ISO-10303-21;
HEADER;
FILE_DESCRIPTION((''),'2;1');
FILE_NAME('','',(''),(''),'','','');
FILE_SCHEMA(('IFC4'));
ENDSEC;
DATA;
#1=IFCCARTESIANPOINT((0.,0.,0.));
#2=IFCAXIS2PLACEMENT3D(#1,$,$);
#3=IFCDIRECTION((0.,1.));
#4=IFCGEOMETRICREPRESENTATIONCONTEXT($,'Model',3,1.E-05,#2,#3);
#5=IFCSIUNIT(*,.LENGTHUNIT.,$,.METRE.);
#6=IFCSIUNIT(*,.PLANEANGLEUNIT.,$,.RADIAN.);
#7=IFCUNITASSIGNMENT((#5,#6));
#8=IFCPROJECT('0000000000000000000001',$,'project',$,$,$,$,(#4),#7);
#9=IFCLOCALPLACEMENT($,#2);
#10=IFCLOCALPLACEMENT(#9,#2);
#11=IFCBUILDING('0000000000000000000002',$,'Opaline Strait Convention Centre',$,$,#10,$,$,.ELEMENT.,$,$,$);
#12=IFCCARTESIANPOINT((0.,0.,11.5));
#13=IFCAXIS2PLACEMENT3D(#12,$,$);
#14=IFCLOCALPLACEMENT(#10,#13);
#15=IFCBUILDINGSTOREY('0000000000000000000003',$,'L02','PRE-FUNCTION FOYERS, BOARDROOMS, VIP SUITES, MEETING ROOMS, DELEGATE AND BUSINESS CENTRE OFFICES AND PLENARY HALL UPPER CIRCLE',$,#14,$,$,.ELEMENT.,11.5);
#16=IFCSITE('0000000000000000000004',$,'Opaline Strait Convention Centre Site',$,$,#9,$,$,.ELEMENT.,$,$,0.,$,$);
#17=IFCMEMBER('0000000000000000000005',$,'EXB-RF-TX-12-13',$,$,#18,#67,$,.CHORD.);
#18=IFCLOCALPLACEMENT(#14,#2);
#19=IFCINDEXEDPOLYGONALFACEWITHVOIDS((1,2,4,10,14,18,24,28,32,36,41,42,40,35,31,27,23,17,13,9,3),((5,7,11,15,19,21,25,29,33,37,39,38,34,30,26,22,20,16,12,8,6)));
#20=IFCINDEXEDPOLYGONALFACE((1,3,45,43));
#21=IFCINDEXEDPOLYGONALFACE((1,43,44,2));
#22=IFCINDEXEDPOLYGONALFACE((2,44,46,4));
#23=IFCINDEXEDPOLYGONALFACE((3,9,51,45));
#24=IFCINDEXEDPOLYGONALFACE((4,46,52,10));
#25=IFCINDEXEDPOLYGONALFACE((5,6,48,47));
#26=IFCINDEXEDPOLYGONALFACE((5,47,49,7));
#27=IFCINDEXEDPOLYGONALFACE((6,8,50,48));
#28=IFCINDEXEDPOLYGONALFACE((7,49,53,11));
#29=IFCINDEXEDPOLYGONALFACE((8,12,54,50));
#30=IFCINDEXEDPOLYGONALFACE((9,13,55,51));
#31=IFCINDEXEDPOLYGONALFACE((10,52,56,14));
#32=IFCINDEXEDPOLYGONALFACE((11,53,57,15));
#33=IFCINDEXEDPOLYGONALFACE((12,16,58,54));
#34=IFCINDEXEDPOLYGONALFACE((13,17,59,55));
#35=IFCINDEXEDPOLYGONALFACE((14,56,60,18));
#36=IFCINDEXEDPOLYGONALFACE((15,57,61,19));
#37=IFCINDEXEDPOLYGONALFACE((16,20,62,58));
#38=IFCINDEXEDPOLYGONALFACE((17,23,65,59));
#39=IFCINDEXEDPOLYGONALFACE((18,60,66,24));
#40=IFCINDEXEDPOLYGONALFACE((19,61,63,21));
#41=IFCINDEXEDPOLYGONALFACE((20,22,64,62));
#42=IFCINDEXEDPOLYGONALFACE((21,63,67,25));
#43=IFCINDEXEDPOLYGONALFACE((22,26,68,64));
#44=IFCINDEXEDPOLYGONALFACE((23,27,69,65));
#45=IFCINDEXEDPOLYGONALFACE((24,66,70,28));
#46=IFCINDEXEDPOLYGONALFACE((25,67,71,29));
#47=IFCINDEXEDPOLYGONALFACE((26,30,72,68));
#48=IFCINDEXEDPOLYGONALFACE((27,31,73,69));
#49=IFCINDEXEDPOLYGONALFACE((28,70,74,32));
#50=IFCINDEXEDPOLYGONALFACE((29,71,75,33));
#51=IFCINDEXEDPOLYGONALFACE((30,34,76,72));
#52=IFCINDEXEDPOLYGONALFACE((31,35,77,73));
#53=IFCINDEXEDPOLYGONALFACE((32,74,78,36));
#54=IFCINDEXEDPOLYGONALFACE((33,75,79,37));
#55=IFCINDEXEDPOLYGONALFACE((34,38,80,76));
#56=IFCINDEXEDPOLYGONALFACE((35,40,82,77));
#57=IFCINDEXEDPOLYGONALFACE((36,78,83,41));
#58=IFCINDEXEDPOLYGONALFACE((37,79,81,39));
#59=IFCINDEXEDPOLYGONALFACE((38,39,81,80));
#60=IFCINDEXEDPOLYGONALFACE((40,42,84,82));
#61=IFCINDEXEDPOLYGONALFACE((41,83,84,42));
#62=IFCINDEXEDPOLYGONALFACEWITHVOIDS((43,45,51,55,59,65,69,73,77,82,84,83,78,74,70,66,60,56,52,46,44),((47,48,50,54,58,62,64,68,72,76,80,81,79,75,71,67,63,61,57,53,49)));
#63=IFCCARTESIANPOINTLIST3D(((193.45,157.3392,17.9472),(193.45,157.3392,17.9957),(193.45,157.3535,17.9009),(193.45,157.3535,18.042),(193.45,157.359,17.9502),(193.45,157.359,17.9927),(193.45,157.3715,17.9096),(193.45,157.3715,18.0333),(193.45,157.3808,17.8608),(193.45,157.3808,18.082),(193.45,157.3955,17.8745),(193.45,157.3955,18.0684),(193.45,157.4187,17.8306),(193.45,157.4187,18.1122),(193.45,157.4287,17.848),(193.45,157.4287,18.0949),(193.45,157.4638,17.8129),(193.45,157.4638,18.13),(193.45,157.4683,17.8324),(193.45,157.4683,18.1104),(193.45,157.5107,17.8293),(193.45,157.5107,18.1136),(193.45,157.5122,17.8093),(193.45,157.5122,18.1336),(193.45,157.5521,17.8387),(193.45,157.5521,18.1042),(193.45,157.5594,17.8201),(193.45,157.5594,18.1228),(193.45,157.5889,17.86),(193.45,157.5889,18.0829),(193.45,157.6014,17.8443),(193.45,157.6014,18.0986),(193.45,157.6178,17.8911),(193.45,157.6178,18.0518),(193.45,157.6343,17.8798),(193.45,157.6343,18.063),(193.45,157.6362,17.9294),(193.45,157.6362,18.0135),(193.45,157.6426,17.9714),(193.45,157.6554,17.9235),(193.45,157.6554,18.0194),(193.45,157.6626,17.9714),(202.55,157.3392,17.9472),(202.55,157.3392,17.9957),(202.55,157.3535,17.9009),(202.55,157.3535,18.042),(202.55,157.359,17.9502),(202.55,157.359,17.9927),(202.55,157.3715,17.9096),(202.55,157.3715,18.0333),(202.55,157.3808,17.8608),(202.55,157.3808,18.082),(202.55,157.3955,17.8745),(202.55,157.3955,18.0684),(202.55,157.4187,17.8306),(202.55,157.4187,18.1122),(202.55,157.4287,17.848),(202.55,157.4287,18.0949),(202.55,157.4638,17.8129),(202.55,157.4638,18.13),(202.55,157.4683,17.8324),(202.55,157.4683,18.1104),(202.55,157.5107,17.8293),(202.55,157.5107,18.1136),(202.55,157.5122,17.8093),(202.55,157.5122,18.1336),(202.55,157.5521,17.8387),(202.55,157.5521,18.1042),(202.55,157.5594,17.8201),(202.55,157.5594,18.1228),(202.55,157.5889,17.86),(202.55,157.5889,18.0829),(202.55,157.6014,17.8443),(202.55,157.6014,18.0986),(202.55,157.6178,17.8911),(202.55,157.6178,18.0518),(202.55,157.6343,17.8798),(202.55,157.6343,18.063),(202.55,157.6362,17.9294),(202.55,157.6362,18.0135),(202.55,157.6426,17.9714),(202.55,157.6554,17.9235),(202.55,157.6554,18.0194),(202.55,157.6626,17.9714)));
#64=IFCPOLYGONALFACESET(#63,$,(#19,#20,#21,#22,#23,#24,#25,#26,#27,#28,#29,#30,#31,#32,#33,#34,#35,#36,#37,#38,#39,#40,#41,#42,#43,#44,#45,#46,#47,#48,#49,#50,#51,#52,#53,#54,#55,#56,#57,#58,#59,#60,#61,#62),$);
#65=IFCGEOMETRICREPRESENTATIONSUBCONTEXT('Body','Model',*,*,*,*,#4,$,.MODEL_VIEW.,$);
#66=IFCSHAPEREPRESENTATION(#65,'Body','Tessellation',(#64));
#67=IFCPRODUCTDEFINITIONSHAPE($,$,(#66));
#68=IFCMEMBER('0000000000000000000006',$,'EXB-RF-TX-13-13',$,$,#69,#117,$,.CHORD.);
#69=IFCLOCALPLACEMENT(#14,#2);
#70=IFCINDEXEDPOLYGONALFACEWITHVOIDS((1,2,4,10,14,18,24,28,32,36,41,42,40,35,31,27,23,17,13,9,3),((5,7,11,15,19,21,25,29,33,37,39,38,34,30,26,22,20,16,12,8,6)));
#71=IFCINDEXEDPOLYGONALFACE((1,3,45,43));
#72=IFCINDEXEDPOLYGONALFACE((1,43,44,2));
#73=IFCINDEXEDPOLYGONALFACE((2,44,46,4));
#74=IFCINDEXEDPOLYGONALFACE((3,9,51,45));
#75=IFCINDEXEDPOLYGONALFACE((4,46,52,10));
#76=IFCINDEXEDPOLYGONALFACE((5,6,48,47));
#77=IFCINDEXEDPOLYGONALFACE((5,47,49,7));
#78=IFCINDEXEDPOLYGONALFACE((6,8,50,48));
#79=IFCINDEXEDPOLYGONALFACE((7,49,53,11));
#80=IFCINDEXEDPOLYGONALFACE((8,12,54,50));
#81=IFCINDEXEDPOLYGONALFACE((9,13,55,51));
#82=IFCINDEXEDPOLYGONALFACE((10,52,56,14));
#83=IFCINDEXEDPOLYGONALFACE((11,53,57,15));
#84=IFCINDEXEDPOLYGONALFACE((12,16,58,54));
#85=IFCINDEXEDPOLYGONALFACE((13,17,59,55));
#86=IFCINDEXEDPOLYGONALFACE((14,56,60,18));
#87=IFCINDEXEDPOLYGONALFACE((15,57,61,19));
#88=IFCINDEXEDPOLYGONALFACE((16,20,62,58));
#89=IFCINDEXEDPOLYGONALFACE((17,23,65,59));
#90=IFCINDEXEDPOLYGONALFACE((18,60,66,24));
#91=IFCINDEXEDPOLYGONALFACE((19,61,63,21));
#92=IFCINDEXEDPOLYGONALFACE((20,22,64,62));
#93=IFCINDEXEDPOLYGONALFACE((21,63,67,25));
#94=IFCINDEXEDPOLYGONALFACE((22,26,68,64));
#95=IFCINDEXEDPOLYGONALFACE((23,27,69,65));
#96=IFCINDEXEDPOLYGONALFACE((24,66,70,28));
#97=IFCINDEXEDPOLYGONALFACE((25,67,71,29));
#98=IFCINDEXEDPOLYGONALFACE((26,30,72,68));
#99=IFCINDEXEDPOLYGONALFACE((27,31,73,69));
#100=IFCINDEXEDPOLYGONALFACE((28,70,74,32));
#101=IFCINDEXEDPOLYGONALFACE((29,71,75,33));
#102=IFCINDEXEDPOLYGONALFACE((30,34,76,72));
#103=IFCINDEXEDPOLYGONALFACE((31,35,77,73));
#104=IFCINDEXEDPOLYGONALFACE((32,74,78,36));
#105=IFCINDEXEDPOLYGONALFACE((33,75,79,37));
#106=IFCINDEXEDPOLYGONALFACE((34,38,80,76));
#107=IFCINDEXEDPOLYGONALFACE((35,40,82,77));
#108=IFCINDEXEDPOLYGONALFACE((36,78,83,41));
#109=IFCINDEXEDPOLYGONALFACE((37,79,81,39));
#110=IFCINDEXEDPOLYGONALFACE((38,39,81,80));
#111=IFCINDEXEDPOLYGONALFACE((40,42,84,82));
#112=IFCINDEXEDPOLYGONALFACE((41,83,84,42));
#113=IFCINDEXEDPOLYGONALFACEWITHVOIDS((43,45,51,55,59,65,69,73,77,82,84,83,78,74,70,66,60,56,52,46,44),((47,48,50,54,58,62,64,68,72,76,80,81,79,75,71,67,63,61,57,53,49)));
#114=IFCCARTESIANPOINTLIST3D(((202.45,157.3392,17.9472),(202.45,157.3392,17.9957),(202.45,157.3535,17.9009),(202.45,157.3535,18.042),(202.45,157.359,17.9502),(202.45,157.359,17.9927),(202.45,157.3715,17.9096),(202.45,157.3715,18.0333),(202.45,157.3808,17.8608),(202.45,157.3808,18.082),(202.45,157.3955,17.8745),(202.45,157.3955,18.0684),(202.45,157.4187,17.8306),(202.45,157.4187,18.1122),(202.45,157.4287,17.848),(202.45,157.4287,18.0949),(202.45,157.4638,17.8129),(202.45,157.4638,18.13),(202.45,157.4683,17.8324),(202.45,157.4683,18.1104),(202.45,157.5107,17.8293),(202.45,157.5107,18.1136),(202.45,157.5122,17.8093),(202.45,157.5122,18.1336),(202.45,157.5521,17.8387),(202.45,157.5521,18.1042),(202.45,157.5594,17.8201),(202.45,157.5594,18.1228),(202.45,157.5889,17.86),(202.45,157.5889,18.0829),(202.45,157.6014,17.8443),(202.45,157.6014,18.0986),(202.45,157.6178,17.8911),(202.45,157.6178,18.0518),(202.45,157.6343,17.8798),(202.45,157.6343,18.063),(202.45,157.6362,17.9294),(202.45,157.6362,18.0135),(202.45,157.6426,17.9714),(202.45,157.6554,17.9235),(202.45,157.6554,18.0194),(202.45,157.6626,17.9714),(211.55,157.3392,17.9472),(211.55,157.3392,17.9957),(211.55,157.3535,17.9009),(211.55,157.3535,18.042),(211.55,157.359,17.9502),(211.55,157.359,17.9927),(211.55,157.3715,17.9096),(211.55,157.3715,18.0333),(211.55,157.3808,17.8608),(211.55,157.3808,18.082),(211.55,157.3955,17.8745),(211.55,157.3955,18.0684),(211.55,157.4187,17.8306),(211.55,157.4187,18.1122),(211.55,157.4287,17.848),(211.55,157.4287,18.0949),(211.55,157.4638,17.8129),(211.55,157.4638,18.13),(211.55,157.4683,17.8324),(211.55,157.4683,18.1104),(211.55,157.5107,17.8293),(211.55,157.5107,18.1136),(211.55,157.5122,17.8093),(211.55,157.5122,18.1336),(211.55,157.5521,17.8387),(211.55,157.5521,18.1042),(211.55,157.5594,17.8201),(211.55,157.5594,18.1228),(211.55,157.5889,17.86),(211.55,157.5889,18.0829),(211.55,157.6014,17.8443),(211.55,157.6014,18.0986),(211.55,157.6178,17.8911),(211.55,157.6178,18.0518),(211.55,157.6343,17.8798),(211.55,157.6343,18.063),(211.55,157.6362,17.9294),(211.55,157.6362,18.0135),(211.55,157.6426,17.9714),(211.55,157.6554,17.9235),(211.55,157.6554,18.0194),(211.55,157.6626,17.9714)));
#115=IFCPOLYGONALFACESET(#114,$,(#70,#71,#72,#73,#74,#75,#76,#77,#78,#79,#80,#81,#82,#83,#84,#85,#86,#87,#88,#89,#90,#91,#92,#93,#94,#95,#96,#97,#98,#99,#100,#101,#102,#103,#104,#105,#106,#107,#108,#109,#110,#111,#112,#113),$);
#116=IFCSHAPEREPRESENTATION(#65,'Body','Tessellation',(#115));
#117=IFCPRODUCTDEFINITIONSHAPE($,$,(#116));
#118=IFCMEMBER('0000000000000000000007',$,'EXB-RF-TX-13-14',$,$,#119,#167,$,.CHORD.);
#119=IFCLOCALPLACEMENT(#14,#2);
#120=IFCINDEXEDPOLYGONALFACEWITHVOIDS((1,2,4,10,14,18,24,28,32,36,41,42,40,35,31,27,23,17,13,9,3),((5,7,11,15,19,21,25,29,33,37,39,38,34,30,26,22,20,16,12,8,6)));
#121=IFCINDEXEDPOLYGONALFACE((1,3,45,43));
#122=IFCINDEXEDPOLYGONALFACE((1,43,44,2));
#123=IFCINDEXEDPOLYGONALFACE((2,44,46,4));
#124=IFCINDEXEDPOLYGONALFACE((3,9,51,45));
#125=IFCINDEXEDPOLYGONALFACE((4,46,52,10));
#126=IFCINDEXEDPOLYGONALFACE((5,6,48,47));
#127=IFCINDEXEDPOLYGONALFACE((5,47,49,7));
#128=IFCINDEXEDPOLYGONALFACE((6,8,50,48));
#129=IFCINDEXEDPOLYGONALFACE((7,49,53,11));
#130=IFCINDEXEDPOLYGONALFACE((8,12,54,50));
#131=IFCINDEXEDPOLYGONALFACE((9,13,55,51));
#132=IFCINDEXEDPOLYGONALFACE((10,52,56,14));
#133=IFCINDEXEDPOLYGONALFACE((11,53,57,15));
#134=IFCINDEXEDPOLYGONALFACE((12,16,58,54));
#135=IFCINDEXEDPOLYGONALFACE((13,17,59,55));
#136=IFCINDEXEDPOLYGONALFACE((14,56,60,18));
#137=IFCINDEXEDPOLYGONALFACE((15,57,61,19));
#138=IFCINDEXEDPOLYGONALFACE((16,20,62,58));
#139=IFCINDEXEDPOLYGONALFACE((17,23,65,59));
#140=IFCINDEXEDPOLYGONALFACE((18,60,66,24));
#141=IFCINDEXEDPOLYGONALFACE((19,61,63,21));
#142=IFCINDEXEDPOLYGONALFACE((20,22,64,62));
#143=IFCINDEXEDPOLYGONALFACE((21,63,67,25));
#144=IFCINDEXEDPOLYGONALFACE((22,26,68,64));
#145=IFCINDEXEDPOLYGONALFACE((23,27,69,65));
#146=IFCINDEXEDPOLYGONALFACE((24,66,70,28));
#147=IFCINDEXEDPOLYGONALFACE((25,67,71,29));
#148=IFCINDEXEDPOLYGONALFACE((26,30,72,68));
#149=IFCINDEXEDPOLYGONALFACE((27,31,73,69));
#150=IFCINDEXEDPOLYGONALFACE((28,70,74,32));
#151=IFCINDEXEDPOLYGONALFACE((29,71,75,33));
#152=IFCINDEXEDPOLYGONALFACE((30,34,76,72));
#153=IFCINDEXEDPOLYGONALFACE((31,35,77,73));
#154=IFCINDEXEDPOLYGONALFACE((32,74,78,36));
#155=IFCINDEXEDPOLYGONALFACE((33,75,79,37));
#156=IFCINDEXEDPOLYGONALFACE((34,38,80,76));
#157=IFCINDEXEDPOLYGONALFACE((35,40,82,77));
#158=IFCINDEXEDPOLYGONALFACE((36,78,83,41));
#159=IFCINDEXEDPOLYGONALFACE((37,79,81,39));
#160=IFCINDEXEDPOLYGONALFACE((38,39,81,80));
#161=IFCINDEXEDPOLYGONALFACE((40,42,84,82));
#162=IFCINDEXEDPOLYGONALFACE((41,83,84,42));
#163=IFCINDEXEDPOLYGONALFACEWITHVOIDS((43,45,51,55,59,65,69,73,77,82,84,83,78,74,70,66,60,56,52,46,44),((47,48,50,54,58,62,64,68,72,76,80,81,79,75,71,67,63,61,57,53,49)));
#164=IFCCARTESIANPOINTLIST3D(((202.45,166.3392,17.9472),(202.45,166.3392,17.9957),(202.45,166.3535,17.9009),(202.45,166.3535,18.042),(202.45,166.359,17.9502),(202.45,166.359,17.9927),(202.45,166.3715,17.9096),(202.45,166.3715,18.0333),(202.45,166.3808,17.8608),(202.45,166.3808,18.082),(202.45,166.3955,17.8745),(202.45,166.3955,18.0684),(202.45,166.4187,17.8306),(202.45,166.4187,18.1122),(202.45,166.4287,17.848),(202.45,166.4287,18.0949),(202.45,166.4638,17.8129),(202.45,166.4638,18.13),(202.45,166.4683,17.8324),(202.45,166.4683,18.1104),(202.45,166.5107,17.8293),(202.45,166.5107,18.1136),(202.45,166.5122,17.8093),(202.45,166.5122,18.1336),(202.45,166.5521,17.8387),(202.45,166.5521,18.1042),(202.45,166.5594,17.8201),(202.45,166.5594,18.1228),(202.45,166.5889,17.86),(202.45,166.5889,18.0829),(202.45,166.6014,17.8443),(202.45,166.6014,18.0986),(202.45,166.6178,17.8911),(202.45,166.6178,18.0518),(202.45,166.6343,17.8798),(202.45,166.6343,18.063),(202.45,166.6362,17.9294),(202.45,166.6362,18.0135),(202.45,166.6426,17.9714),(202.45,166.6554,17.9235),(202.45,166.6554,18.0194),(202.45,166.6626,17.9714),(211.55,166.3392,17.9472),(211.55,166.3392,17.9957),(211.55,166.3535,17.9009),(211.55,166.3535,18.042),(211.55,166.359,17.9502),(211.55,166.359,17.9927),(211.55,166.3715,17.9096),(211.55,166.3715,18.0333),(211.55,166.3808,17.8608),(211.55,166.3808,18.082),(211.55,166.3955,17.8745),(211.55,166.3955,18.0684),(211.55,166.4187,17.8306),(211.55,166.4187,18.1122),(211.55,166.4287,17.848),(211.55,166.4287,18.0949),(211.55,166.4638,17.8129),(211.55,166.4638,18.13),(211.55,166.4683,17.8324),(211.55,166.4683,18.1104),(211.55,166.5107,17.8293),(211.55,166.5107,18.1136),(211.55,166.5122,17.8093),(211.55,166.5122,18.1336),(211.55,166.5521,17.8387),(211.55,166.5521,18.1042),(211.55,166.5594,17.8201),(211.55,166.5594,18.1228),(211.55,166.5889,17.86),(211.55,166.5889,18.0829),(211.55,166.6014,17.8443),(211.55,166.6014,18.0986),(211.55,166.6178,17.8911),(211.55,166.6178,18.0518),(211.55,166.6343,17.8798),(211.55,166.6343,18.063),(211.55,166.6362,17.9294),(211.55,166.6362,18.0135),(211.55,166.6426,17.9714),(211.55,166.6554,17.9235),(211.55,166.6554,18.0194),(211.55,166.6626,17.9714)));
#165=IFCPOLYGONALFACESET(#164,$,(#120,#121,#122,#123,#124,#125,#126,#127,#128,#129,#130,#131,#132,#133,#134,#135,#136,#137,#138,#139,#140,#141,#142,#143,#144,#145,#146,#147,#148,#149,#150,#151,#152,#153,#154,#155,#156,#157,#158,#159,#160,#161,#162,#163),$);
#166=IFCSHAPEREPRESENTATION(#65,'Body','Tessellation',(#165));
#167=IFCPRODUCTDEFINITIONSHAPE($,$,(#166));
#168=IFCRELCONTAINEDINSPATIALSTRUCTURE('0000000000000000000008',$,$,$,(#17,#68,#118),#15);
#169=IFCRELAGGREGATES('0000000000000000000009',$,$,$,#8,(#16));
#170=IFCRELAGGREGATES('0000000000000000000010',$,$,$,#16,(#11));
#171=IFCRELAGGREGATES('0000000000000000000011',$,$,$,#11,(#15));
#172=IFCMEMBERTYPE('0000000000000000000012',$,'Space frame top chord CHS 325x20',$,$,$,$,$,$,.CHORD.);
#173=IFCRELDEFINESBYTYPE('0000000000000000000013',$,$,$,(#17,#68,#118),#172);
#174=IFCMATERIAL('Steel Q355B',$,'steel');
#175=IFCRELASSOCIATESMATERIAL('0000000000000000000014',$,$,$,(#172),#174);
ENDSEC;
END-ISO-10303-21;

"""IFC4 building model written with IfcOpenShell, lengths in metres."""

from ifc_helpers import new_model, si_unit, direction, frame, origin, origin_2d, place, context, subcontext, project, spatial, hollow_circle, extrude, material, material_profile, profile_set, type_object, element, save


model = new_model("IFC4")

# Units and contexts
model_context = context("Model", 3, precision=1e-05, world=origin(), true_north=direction((0.0, 1.0)))
body_context = subcontext(model_context, "Body", "Model", "MODEL_VIEW")
ifc_project = project(units=[si_unit("LENGTHUNIT", "METRE"), si_unit("PLANEANGLEUNIT", "RADIAN")], contexts=[model_context])

# Site, building, storey
site_placement = place(None, origin())
site = spatial("IfcSite", under=ifc_project, at=site_placement, Name="Opaline Strait Convention Centre Site", CompositionType="ELEMENT", RefElevation=0.0)
building_placement = place(site_placement, origin())
building = spatial("IfcBuilding", under=site, at=building_placement, Name="Opaline Strait Convention Centre", CompositionType="ELEMENT")
storey_placement = place(building_placement, frame((0.0, 0.0, 11.5)))
storey = spatial("IfcBuildingStorey", under=building, at=storey_placement, Name="L02", Description="PRE-FUNCTION FOYERS, BOARDROOMS, VIP SUITES, MEETING ROOMS, DELEGATE AND BUSINESS CENTRE OFFICES AND PLENARY HALL UPPER CIRCLE", CompositionType="ELEMENT", Elevation=11.5)

# Members
ifc_material_1 = material(Name="Steel Q355B", Category="steel")
ifc_material_profile_1 = material_profile(ifc_material_1, hollow_circle(Radius=0.1626, WallThickness=0.02, at=origin_2d()), Name="CHS 325x20")
ifc_profile_set_1 = profile_set([ifc_material_profile_1], Name="Steel Q355B")
member_type_1 = type_object("IfcMemberType", Name="Space frame top chord CHS 325x20", PredefinedType="CHORD", material=ifc_profile_set_1)
for number, where, z_axis, x_axis, name in (
    (1, (193.45, 157.5, 17.9714), (1.0, 0.0, 0.0), (0.0, 1.0, 0.0), "EXB-RF-TX-12-13"),
    (2, (202.45, 157.5, 17.9714), (1.0, 0.0, 0.0), (0.0, 1.0, 0.0), "EXB-RF-TX-13-13"),
    (3, (202.45, 166.5, 17.9714), (1.0, 0.0, 0.0), (0.0, 1.0, 0.0), "EXB-RF-TX-13-14"),
):
    element("IfcMember", number, at=place(storey_placement, frame(where, z_axis=z_axis, x_axis=x_axis)), inside=storey, type_object=member_type_1, Name=name, PredefinedType="CHORD", context=body_context, shape_type="SweptSolid", body=[
        extrude(hollow_circle(Radius=0.1626, WallThickness=0.02, at=origin_2d()), origin(), (0.0, 0.0, 1.0), 9.1001),
    ])

save(model, "model.ifc")
